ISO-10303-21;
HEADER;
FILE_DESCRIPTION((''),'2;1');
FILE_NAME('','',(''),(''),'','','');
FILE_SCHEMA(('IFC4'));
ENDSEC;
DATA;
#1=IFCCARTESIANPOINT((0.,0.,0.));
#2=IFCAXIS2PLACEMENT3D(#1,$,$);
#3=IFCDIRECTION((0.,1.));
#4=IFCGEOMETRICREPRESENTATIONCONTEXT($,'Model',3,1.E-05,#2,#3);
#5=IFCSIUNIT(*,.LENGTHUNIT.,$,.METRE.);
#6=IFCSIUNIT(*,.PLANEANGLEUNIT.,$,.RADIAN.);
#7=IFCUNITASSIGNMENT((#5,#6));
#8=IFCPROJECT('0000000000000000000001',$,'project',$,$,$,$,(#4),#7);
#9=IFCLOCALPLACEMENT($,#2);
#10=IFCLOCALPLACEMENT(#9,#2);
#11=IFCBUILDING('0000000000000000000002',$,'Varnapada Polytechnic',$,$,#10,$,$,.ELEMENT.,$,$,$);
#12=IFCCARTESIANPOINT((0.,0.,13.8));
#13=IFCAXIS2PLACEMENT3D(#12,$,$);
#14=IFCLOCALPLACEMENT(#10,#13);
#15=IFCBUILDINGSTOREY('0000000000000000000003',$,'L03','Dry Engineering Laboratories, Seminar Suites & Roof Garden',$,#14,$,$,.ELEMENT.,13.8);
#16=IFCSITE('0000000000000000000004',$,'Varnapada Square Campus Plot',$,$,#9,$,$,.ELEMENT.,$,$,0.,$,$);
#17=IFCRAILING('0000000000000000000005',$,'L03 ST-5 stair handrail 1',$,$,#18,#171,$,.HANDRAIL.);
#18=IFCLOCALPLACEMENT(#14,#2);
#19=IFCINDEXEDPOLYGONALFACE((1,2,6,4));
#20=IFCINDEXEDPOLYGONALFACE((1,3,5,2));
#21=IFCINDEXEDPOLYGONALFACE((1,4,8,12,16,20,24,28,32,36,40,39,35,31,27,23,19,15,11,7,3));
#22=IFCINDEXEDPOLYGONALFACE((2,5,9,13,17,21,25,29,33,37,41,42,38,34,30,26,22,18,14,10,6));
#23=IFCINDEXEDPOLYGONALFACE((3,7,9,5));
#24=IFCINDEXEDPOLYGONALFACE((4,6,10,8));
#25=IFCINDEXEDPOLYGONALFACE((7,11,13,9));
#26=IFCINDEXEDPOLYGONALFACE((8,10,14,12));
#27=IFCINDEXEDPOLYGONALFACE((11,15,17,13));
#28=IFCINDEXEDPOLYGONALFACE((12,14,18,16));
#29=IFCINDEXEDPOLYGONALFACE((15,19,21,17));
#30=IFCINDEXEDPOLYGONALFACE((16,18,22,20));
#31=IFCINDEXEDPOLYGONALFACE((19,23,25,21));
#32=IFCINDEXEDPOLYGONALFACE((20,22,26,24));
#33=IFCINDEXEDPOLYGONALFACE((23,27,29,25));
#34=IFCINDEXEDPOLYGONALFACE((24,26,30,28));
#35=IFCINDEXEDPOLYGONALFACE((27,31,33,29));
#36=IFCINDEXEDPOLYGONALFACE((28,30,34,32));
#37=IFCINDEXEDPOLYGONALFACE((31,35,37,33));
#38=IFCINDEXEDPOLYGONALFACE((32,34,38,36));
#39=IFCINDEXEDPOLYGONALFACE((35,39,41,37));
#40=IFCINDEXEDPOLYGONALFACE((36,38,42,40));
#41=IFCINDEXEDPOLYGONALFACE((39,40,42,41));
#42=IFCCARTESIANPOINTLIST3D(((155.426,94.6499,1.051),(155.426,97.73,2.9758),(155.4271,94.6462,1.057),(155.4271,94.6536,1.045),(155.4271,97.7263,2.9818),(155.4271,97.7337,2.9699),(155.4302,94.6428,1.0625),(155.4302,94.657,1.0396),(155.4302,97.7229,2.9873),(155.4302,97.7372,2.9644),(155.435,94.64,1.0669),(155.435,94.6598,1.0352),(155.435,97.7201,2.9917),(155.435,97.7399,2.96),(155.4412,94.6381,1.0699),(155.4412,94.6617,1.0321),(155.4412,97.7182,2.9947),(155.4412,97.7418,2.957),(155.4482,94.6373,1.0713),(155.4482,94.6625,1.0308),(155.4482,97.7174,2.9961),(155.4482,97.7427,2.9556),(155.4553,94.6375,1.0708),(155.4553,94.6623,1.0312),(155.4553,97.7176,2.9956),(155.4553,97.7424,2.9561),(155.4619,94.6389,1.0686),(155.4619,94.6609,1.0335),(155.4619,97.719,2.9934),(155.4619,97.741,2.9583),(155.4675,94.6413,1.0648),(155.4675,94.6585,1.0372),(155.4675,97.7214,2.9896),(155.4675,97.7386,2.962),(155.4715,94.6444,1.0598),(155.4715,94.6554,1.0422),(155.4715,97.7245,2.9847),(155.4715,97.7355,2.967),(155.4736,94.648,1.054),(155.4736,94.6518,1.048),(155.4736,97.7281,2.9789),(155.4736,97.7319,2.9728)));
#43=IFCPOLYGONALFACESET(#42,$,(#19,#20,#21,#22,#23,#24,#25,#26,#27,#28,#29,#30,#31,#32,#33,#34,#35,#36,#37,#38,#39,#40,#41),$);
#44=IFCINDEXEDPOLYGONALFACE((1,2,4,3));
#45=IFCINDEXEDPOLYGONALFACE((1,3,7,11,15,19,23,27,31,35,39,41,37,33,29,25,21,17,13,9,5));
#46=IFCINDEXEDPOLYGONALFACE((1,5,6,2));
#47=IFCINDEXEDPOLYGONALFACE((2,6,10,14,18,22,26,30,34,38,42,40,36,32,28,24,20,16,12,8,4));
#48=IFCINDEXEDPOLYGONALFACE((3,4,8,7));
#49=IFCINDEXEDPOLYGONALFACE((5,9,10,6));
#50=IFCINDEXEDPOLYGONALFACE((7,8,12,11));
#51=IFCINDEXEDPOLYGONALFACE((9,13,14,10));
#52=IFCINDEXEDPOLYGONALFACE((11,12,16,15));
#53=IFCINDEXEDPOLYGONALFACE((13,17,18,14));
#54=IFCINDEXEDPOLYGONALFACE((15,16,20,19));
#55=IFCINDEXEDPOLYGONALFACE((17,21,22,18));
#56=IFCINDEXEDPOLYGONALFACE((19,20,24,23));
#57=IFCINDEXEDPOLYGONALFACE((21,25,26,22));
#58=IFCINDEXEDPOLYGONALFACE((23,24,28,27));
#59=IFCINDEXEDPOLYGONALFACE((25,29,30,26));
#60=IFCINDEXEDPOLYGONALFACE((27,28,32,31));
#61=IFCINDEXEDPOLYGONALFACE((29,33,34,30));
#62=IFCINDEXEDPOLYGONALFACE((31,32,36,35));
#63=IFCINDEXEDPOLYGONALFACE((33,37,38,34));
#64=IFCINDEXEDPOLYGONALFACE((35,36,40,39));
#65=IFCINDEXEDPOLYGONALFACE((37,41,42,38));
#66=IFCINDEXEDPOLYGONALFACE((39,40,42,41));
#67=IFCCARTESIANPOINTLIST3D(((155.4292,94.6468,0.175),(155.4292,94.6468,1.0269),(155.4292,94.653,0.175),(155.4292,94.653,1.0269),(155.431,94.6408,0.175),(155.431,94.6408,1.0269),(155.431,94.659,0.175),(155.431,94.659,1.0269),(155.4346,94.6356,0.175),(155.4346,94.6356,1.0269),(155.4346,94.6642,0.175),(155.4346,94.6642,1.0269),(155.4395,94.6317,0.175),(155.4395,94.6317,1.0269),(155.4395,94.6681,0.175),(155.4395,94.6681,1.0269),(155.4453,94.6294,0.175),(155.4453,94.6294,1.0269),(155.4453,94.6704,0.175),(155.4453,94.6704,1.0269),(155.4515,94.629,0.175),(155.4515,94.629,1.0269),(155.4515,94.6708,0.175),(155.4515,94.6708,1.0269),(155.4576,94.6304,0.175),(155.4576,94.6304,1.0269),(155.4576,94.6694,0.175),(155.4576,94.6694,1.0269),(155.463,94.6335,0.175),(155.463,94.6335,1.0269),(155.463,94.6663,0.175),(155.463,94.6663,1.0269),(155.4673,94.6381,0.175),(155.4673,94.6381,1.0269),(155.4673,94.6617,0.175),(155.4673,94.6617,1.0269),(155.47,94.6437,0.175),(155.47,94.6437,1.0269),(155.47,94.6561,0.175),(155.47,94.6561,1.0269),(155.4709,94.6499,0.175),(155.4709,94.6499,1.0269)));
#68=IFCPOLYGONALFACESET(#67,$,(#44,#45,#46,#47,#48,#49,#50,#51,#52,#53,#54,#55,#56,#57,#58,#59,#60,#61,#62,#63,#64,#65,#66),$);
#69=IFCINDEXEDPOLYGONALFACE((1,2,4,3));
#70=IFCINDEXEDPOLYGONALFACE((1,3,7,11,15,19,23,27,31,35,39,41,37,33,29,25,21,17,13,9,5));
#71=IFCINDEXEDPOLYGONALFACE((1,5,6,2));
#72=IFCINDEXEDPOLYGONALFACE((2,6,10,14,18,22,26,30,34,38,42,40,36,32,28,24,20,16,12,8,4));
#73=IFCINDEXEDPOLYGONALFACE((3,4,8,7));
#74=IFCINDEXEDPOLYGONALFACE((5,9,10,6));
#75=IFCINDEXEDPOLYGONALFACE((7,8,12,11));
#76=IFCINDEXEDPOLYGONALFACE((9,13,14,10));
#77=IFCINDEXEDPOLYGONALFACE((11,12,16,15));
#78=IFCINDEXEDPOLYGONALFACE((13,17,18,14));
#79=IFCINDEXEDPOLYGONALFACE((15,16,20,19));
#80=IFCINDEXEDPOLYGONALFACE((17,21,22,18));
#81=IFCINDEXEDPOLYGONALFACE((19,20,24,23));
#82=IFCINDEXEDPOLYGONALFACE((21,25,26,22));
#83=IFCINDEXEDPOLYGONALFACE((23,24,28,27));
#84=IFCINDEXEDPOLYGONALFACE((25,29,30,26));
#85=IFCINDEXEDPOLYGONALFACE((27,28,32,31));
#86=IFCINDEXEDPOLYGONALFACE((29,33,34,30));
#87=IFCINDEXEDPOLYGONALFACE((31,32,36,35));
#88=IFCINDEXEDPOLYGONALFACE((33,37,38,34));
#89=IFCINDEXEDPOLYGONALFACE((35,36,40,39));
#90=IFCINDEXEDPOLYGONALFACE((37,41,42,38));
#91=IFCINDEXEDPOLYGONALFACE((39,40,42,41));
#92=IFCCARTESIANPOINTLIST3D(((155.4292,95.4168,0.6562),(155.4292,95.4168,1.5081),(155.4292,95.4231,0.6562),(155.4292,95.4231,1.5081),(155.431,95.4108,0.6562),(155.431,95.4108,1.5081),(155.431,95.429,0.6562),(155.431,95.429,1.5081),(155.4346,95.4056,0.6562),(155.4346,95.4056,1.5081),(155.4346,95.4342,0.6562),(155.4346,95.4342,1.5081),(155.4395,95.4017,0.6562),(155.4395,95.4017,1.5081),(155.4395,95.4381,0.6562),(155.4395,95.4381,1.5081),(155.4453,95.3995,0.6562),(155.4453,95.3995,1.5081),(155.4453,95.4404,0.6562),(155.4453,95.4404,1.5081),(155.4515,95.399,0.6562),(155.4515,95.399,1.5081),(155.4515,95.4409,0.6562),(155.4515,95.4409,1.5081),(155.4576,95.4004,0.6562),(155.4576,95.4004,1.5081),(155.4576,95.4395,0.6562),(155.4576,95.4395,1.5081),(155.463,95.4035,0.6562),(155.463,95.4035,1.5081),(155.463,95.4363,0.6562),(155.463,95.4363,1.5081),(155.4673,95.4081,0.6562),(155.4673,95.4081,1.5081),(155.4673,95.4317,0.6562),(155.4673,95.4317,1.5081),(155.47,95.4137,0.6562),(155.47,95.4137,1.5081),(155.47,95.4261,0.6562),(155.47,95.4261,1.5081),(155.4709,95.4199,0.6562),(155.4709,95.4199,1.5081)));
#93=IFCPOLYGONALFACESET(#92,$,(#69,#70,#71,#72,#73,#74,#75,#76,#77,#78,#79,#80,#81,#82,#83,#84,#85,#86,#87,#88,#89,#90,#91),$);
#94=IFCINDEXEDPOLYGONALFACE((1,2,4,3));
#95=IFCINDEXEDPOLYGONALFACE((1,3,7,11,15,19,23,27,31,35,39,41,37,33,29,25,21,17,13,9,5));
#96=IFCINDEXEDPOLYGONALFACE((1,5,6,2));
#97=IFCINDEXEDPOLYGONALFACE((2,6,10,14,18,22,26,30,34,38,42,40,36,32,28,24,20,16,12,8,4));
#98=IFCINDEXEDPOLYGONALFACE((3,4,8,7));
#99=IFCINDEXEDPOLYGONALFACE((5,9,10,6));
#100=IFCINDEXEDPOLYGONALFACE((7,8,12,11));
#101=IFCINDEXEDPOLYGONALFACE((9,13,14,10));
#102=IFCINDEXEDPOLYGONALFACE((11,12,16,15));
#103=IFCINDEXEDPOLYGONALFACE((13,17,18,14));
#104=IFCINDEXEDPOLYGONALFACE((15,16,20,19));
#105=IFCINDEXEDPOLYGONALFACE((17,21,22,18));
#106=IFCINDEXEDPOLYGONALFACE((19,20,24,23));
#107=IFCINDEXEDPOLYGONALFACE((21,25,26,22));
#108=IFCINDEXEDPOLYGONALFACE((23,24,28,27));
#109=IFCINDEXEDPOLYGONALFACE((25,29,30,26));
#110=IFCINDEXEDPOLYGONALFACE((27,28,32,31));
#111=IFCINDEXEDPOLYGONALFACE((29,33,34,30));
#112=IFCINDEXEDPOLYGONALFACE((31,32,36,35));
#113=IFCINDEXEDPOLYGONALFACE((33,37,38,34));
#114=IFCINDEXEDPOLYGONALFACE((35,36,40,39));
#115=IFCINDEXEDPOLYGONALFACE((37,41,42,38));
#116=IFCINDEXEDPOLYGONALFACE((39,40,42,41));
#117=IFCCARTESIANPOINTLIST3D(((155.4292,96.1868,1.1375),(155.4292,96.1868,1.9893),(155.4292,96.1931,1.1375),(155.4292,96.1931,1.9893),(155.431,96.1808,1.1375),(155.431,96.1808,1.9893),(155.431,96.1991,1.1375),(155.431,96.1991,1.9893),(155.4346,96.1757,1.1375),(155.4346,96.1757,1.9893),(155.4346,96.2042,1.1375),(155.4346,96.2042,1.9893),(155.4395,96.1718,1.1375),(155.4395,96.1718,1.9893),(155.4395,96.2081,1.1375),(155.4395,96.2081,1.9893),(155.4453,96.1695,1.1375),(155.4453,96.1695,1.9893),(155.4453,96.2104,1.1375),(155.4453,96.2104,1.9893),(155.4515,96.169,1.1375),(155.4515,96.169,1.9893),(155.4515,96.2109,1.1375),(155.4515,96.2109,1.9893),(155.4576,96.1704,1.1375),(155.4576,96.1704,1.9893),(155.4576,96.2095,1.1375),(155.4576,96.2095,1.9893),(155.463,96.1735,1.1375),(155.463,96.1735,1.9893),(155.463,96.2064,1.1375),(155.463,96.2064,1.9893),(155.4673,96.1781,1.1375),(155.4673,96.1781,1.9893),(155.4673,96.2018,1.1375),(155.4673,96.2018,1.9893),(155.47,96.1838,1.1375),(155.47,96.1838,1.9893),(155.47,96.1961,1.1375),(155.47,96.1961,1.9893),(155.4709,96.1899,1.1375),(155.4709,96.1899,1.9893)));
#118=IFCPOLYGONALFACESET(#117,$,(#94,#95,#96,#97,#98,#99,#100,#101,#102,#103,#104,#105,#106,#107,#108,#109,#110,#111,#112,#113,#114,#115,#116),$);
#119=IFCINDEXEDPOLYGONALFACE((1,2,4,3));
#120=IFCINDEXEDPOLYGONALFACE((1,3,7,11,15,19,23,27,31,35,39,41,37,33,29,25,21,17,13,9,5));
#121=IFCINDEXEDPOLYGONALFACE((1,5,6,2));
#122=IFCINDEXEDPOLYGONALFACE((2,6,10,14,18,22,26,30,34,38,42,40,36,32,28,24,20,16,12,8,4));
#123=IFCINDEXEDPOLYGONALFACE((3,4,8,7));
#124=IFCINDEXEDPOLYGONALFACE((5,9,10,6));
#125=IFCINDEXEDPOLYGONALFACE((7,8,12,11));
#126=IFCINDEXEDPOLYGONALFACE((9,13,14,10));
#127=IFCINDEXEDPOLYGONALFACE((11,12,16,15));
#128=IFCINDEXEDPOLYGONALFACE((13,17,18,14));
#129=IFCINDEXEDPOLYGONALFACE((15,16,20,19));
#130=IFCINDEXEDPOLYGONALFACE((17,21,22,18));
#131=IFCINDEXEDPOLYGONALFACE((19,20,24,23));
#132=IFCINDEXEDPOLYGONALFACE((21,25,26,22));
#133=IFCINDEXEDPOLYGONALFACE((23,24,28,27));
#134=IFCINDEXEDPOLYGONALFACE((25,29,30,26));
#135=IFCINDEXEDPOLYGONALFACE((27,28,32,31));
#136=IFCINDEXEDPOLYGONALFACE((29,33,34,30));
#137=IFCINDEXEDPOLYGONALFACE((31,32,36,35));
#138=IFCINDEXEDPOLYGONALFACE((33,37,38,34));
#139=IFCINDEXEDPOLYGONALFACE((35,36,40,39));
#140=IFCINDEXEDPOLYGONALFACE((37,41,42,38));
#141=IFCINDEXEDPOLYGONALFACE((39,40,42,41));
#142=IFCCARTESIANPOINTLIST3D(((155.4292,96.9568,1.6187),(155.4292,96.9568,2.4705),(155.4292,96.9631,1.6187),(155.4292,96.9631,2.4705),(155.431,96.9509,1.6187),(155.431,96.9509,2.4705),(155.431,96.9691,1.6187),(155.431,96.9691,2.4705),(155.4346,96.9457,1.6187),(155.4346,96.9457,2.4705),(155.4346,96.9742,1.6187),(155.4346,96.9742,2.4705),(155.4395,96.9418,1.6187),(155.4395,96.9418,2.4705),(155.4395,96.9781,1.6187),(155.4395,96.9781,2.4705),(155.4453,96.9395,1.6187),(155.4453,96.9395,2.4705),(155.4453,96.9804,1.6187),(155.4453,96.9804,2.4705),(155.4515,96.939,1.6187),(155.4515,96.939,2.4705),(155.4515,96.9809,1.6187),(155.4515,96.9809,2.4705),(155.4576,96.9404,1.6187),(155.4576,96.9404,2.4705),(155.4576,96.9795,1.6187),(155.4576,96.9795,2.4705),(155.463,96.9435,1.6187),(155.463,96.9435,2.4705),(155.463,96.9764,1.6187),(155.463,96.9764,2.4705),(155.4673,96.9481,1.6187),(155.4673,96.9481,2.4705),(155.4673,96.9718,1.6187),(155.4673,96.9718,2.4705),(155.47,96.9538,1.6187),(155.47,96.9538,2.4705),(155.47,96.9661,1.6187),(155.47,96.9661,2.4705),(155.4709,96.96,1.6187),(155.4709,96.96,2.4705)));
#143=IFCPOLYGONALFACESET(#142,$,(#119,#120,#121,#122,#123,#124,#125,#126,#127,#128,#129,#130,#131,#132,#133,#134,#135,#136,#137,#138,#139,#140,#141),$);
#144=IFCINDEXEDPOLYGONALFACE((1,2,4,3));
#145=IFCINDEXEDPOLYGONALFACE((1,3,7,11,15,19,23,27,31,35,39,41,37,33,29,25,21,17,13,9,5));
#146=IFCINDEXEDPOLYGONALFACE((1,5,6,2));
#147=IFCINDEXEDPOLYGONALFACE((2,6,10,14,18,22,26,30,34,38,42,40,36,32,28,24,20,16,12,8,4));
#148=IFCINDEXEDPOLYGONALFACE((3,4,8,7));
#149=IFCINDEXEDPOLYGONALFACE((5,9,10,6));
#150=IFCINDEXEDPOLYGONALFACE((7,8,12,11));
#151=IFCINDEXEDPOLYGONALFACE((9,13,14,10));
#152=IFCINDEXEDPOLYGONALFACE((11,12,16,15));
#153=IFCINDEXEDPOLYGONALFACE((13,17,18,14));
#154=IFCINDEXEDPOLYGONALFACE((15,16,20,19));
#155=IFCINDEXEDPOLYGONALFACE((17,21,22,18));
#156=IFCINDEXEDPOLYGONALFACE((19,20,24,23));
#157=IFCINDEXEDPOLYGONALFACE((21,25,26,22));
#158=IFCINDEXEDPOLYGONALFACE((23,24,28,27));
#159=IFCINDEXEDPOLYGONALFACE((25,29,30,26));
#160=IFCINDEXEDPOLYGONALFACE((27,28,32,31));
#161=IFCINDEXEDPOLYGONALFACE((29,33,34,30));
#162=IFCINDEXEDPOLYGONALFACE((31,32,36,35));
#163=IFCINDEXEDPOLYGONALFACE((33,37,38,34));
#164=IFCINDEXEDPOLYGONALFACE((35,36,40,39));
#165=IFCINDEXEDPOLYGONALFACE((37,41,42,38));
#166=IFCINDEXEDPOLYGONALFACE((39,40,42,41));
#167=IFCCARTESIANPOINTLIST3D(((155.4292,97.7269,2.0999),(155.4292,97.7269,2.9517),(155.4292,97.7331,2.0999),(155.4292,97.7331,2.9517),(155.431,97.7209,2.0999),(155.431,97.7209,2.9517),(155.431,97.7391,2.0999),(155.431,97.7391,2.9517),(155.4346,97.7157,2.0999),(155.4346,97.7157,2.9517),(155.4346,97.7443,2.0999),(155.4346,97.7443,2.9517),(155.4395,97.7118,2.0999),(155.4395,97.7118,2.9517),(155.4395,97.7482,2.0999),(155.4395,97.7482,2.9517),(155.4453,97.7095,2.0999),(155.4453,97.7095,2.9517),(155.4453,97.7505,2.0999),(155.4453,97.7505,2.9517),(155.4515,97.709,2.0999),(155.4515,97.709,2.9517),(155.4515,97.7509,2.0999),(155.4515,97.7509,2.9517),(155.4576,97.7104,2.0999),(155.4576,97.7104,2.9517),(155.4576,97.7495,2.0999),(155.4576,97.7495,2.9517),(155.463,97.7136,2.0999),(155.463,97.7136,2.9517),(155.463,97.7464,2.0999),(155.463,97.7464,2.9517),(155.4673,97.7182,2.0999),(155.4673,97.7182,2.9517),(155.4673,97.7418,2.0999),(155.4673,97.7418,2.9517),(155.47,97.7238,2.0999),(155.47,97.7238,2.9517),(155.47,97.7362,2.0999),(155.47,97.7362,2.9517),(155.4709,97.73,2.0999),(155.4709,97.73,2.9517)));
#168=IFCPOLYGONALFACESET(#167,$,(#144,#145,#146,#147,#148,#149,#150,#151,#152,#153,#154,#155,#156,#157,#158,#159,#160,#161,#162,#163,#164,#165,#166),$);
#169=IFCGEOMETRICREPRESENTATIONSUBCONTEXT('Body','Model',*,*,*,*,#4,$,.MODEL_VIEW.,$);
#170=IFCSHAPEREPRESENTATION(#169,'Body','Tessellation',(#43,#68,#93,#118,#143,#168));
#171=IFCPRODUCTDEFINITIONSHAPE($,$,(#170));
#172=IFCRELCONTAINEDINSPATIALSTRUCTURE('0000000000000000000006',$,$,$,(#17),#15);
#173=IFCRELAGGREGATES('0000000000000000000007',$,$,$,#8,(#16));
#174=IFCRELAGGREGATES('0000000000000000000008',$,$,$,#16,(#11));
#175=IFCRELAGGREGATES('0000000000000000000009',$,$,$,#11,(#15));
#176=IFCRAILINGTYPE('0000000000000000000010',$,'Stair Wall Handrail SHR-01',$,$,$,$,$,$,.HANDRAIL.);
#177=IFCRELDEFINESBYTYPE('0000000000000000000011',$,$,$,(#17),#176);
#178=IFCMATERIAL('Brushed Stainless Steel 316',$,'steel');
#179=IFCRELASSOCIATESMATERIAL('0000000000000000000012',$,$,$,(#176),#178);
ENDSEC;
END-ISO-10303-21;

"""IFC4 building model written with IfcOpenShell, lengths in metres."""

from ifc_helpers import new_model, si_unit, direction, frame, origin, origin_2d, place, context, subcontext, project, spatial, circle, extrude, material, type_object, element, save


model = new_model("IFC4")

# Units and contexts
model_context = context("Model", 3, precision=1e-05, world=origin(), true_north=direction((0.0, 1.0)))
body_context = subcontext(model_context, "Body", "Model", "MODEL_VIEW")
ifc_project = project(units=[si_unit("LENGTHUNIT", "METRE"), si_unit("PLANEANGLEUNIT", "RADIAN")], contexts=[model_context])

# Site, building, storey
site_placement = place(None, origin())
site = spatial("IfcSite", under=ifc_project, at=site_placement, Name="Varnapada Square Campus Plot", CompositionType="ELEMENT", RefElevation=0.0)
building_placement = place(site_placement, origin())
building = spatial("IfcBuilding", under=site, at=building_placement, Name="Varnapada Polytechnic", CompositionType="ELEMENT")
storey_placement = place(building_placement, frame((0.0, 0.0, 13.8)))
storey = spatial("IfcBuildingStorey", under=building, at=storey_placement, Name="L03", Description="Dry Engineering Laboratories, Seminar Suites & Roof Garden", CompositionType="ELEMENT", Elevation=13.8)

# Shared definitions
ifc_material_1 = material(Name="Brushed Stainless Steel 316", Category="steel")

# Railing
railing_type_1 = type_object("IfcRailingType", Name="Stair Wall Handrail SHR-01", PredefinedType="HANDRAIL", material=ifc_material_1)
railing_1_placement = place(storey_placement, frame((155.45, 94.6499, 0.175)))
element("IfcRailing", 1, at=railing_1_placement, inside=storey, type_object=railing_type_1, Name="L03 ST-5 stair handrail 1", PredefinedType="HANDRAIL", context=body_context, shape_type="SweptSolid", body=[
    extrude(circle(Radius=0.0239, at=origin_2d()), frame((0.0, 0.0, 0.876), z_axis=(0.0, 0.848029, 0.529951), x_axis=(-1.0, 0.0, 0.0)), (0.0, 0.0, 1.0), 3.6321),
    extrude(circle(Radius=0.021, at=origin_2d()), origin(), (0.0, 0.0, 1.0), 0.8518),
    extrude(circle(Radius=0.021, at=origin_2d()), frame((0.0, 0.77, 0.4812)), (0.0, 0.0, 1.0), 0.8518),
    extrude(circle(Radius=0.021, at=origin_2d()), frame((0.0, 1.54, 0.9624)), (0.0, 0.0, 1.0), 0.8518),
    extrude(circle(Radius=0.021, at=origin_2d()), frame((0.0, 2.3101, 1.4436)), (0.0, 0.0, 1.0), 0.8518),
    extrude(circle(Radius=0.021, at=origin_2d()), frame((0.0, 3.0801, 1.9248)), (0.0, 0.0, 1.0), 0.8518),
])

save(model, "model.ifc")
